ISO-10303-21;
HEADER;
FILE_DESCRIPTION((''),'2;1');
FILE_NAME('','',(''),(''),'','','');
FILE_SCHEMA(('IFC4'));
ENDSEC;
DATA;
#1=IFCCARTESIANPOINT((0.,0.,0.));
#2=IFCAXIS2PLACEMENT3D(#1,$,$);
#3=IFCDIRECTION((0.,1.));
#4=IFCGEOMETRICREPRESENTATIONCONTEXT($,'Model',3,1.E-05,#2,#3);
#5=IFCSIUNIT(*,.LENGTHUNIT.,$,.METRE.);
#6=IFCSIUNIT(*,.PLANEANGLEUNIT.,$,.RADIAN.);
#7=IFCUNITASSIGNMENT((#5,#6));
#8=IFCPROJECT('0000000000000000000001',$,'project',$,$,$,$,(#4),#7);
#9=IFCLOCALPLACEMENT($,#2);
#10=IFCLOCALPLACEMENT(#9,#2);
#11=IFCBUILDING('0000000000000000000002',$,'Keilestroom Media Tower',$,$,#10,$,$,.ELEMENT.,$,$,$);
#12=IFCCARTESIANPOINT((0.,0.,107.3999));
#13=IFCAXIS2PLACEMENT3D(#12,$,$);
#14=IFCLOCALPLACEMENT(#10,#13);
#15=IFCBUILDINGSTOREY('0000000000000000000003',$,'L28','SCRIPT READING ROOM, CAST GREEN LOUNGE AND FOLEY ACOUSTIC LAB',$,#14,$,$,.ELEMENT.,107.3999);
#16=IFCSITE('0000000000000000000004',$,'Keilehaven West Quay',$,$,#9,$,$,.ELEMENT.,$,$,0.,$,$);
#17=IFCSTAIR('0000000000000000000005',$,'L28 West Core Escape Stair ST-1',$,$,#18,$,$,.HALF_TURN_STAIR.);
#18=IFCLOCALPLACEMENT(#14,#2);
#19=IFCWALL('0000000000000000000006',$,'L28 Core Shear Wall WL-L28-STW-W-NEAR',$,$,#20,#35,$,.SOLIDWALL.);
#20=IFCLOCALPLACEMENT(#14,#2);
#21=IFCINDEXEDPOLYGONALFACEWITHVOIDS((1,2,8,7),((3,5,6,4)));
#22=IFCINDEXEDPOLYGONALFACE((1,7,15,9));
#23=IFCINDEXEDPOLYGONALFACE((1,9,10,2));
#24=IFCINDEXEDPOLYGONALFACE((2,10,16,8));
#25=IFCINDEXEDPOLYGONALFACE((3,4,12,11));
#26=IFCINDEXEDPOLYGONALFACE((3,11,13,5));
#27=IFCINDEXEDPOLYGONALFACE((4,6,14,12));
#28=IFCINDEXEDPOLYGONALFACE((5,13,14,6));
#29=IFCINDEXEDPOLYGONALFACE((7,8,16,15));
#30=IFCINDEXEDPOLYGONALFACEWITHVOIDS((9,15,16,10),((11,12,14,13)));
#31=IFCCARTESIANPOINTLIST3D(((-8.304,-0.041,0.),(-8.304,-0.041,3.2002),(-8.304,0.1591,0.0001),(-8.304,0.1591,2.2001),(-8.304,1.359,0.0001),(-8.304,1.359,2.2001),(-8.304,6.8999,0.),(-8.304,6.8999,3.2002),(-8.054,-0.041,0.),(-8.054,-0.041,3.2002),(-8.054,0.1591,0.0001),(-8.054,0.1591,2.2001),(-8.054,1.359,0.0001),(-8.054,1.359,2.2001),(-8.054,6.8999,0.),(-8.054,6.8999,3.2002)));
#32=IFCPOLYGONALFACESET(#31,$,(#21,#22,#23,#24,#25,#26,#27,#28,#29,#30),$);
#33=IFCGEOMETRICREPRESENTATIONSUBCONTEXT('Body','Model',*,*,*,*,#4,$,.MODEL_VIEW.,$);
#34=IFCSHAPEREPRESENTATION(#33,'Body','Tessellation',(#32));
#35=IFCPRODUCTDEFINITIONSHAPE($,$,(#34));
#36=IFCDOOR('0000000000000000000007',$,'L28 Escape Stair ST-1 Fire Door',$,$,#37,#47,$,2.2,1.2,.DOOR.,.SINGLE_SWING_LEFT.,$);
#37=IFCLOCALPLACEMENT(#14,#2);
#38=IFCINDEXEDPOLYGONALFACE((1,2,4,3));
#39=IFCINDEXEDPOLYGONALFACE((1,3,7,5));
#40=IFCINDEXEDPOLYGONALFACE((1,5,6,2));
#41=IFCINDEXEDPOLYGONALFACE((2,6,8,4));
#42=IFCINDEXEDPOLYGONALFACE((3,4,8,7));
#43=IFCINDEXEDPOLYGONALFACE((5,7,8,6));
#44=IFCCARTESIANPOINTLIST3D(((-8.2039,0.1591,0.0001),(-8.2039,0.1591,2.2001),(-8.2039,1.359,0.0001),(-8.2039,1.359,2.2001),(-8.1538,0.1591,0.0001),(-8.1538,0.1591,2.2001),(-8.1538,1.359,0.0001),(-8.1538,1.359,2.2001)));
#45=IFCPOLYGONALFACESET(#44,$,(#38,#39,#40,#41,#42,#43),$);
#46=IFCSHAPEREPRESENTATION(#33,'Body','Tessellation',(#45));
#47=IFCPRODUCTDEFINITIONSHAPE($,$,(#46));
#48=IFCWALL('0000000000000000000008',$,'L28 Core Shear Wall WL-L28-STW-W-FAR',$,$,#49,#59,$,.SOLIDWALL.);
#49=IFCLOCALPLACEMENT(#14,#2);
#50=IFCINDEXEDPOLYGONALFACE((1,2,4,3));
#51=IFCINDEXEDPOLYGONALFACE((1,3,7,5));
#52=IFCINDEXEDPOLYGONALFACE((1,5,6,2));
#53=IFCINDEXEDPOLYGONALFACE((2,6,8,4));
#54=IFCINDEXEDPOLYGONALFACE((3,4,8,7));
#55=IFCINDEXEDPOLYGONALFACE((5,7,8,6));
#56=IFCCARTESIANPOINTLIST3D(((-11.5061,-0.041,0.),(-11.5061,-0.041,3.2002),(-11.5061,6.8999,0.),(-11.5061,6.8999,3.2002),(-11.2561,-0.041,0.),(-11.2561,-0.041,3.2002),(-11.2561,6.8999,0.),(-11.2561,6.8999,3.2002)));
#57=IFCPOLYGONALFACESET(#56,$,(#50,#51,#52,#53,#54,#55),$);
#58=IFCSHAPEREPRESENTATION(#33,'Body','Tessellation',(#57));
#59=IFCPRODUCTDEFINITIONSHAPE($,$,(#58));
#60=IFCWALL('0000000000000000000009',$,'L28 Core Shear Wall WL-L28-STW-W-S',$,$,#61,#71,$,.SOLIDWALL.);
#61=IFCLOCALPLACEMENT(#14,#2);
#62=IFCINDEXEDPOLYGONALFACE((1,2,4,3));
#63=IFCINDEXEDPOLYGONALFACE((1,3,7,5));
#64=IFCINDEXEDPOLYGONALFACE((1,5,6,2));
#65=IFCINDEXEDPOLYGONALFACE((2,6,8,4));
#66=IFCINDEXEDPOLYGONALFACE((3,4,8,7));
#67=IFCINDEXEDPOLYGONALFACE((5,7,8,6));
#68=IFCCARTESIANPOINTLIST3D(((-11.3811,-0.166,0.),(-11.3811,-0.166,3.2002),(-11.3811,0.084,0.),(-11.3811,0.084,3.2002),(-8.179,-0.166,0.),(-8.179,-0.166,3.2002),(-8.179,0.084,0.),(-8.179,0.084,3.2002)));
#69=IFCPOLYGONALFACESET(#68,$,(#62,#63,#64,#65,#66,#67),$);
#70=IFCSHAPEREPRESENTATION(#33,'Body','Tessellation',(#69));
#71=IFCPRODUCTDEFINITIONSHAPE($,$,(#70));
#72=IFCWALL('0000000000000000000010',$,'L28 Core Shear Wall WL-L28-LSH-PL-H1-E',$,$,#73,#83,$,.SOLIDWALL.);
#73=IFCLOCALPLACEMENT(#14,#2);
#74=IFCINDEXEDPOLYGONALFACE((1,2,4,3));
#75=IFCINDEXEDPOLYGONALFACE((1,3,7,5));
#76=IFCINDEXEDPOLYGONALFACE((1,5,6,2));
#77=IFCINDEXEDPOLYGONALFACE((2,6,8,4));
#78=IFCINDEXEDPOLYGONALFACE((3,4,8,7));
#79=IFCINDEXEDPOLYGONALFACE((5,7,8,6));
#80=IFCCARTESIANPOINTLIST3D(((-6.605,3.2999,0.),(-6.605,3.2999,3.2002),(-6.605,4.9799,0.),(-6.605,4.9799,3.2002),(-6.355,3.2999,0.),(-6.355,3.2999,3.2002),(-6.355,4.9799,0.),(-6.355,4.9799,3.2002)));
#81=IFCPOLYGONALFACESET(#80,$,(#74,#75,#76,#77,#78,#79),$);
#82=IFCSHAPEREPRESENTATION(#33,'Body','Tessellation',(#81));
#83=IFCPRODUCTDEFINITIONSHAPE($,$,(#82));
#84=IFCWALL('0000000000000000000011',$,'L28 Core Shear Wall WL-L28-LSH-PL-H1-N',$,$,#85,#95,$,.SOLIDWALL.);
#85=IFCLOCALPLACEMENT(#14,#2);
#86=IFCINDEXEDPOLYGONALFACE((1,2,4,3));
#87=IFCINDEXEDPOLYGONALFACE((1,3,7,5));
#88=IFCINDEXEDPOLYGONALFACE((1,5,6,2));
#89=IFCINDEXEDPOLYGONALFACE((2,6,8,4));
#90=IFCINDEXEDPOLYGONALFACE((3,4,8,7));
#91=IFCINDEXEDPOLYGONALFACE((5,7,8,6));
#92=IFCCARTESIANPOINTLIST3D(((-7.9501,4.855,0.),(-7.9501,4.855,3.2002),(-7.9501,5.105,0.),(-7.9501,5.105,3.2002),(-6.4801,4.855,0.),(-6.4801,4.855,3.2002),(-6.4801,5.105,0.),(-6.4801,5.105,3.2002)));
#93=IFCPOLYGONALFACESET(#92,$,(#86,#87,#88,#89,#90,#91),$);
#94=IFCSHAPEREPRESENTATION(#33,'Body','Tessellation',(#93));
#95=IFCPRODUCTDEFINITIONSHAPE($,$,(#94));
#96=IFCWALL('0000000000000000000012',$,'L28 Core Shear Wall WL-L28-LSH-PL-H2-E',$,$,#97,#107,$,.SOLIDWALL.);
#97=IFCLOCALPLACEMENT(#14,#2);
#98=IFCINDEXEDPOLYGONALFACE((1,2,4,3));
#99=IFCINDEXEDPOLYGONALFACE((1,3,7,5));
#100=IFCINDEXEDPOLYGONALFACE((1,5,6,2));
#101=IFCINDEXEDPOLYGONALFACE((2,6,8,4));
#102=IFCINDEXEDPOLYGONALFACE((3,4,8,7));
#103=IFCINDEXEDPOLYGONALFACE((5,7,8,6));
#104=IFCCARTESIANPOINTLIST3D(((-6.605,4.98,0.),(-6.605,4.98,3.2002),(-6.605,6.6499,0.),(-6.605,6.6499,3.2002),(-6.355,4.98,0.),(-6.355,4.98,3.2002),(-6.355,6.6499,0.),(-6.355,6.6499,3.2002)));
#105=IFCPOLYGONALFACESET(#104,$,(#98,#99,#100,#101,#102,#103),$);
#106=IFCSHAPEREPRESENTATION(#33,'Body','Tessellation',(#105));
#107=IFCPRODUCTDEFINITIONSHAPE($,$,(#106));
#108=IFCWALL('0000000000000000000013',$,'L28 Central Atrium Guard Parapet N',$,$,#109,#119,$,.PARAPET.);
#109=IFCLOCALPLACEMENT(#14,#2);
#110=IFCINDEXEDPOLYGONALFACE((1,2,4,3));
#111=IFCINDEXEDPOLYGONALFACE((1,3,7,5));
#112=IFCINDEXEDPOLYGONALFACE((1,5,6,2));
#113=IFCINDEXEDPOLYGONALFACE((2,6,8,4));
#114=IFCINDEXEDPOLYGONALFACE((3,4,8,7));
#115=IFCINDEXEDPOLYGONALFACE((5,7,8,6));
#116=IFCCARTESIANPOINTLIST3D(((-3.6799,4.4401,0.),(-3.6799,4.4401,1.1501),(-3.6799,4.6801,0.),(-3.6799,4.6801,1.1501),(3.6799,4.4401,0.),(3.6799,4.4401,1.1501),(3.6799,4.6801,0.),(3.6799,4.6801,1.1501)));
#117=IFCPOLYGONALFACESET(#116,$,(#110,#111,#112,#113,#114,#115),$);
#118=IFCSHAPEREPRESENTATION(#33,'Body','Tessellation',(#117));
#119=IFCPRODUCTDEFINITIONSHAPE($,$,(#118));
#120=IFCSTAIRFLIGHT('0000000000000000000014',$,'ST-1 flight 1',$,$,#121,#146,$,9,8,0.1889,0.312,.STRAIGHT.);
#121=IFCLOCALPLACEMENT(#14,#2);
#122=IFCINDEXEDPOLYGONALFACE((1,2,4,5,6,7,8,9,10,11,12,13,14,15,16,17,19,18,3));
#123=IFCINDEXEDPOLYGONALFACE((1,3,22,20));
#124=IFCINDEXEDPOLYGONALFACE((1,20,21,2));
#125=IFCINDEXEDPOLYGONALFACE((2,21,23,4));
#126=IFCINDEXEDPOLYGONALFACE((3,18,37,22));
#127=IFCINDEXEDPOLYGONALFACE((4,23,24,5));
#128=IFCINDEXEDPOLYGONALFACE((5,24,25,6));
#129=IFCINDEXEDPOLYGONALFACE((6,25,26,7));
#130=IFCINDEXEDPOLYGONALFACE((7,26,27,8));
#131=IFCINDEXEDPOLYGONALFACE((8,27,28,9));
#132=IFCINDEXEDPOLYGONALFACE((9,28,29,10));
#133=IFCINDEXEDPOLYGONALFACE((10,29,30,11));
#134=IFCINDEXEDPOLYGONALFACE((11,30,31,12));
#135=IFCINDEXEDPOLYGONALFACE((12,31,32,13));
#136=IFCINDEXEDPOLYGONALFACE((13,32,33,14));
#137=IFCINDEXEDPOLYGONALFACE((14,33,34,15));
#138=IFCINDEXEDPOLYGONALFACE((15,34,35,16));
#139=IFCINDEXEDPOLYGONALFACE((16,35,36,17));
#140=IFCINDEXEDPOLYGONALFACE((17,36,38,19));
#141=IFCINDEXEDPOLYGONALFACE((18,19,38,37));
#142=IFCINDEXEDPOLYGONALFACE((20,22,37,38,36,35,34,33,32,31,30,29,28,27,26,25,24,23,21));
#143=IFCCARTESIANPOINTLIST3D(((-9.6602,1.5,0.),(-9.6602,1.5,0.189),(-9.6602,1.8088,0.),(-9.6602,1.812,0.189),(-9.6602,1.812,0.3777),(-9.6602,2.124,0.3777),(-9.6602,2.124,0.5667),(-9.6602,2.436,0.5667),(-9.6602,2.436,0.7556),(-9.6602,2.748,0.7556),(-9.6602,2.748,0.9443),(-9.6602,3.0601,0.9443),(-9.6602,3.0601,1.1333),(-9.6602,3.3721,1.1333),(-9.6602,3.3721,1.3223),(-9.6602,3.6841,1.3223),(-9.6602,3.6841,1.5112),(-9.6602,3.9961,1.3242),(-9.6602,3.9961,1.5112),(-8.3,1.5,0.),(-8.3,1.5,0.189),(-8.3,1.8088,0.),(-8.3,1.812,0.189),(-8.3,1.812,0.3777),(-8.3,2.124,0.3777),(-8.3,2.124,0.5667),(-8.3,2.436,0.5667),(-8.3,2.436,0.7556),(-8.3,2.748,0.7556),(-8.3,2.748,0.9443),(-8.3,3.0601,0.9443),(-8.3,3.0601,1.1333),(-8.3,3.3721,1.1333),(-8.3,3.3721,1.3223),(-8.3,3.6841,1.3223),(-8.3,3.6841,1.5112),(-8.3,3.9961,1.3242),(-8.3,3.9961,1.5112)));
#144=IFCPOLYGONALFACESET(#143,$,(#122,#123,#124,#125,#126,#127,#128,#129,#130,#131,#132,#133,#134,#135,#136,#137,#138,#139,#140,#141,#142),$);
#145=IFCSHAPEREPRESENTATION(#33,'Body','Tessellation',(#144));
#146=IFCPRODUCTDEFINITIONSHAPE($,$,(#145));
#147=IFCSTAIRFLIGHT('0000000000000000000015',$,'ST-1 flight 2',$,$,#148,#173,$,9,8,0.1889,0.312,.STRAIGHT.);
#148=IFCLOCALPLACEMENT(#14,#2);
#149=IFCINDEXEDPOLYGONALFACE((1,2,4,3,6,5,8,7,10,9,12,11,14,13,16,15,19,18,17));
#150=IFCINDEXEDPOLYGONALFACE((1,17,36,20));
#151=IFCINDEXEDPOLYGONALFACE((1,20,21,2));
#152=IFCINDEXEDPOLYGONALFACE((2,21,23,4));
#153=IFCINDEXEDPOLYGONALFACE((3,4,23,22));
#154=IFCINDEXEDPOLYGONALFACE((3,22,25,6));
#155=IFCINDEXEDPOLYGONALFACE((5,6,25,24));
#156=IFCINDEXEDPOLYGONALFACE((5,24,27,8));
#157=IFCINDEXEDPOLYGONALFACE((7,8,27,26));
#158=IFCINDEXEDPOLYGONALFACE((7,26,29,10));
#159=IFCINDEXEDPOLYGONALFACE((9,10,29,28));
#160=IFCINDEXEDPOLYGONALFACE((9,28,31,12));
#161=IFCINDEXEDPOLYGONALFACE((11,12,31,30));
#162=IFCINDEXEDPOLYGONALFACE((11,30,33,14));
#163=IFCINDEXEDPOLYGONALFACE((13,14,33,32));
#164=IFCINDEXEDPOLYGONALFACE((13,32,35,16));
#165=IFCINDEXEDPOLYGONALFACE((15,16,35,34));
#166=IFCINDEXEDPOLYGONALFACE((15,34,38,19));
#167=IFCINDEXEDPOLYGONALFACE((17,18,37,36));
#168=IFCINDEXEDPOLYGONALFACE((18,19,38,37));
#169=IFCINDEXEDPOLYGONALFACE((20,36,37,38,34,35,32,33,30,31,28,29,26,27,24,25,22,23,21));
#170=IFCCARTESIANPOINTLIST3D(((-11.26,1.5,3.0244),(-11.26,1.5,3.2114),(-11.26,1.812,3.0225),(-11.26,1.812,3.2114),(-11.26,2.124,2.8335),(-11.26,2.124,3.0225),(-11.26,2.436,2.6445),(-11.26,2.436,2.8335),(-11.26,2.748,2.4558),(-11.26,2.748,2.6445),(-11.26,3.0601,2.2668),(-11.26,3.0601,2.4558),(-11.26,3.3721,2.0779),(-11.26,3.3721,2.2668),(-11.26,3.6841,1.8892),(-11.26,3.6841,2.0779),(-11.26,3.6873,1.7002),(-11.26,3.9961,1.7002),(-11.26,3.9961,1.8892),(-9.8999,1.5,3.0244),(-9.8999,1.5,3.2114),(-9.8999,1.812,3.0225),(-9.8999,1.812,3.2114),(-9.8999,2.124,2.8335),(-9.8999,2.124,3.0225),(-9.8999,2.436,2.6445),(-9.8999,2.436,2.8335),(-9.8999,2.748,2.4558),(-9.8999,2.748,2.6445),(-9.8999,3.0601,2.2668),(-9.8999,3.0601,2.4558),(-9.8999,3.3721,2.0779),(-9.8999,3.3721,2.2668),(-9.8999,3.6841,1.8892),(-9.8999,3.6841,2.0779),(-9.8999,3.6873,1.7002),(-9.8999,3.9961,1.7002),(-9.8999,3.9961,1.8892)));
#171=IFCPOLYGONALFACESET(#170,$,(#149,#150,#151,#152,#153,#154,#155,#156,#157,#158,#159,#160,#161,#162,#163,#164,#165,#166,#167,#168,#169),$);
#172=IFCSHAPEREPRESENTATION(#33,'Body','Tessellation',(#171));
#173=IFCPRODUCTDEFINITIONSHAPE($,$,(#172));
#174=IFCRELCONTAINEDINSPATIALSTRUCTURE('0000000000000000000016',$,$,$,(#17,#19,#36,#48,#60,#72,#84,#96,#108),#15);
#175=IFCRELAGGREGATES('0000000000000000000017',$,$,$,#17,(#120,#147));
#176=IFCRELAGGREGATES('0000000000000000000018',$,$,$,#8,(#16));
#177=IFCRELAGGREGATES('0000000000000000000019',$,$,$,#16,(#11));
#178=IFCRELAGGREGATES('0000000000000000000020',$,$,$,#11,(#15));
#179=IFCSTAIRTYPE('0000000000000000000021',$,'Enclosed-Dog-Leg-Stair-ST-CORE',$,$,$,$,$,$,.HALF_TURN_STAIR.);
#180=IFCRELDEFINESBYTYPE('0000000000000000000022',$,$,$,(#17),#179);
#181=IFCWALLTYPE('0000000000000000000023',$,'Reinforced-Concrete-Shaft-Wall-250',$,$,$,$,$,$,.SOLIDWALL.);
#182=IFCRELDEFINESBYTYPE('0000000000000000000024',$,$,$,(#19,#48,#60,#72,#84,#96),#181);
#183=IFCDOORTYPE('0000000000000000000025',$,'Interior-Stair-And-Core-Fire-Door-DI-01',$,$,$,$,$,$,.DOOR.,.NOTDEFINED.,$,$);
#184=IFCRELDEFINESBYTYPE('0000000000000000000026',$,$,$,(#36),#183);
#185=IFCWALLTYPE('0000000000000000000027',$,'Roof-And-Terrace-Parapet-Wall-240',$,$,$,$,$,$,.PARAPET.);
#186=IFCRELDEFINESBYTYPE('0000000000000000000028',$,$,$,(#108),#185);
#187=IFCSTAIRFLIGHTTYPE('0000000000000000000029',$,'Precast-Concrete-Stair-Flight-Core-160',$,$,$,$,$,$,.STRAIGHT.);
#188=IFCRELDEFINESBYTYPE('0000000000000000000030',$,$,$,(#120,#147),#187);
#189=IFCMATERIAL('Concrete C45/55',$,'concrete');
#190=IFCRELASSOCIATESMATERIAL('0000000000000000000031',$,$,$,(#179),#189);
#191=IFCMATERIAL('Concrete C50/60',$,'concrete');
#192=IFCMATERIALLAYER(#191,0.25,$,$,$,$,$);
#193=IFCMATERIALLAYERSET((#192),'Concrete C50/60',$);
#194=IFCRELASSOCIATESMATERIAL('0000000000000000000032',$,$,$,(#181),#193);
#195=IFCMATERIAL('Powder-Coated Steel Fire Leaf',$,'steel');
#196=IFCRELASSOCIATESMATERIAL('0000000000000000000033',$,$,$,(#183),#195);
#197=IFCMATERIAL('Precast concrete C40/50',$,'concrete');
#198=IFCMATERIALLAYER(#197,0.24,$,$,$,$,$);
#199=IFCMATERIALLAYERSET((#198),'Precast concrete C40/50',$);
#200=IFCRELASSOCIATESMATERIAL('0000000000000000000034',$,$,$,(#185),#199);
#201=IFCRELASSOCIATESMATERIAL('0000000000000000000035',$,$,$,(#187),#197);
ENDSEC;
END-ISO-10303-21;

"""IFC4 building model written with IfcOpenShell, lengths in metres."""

from ifc_helpers import new_model, si_unit, direction, frame, frame_2d, origin, place, context, subcontext, project, spatial, polyline, rectangle, outline, extrude, source, transform, mapped, material, layer, layer_set, type_object, element, fill, aggregate, save


model = new_model("IFC4")

# Units and contexts
model_context = context("Model", 3, precision=1e-05, world=origin(), true_north=direction((0.0, 1.0)))
body_context = subcontext(model_context, "Body", "Model", "MODEL_VIEW")
ifc_project = project(units=[si_unit("LENGTHUNIT", "METRE"), si_unit("PLANEANGLEUNIT", "RADIAN")], contexts=[model_context])

# Site, building, storey
site_placement = place(None, origin())
site = spatial("IfcSite", under=ifc_project, at=site_placement, Name="Keilehaven West Quay", CompositionType="ELEMENT", RefElevation=0.0)
building_placement = place(site_placement, origin())
building = spatial("IfcBuilding", under=site, at=building_placement, Name="Keilestroom Media Tower", CompositionType="ELEMENT")
storey_placement = place(building_placement, frame((0.0, 0.0, 107.3999)))
storey = spatial("IfcBuildingStorey", under=building, at=storey_placement, Name="L28", Description="SCRIPT READING ROOM, CAST GREEN LOUNGE AND FOLEY ACOUSTIC LAB", CompositionType="ELEMENT", Elevation=107.3999)

# Shared definitions
ifc_material_1 = material(Name="Concrete C50/60", Category="concrete")
ifc_material_2 = material(Name="Concrete C45/55", Category="concrete")

# Stair
stair_type = type_object("IfcStairType", Name="Enclosed-Dog-Leg-Stair-ST-CORE", PredefinedType="HALF_TURN_STAIR", material=ifc_material_2)
stair_1_placement = place(storey_placement, origin())
stair_1 = element("IfcStair", 1, at=stair_1_placement, inside=storey, type_object=stair_type, Name="L28 West Core Escape Stair ST-1", PredefinedType="HALF_TURN_STAIR")

# Shared definitions
ifc_layer_1 = layer(ifc_material_1, 0.25)
ifc_layer_set_1 = layer_set([ifc_layer_1], Name="Concrete C50/60")
wall_type_1 = type_object("IfcWallType", Name="Reinforced-Concrete-Shaft-Wall-250", PredefinedType="SOLIDWALL", material=ifc_layer_set_1)

# Wall, opening, door
wall_1_placement = place(storey_placement, frame((-8.179, -0.041, 0.0), z_axis=(0.0, 0.0, 1.0), x_axis=(0.0, 1.0, 0.0)))
wall_1 = element("IfcWall", 2, at=wall_1_placement, inside=storey, type_object=wall_type_1, Name="L28 Core Shear Wall WL-L28-STW-W-NEAR", PredefinedType="SOLIDWALL", context=body_context, shape_type="SweptSolid", body=[
    extrude(rectangle(XDim=6.9409, YDim=0.25, at=frame_2d((3.4705, 0.0))), origin(), (0.0, 0.0, 1.0), 3.2002),
])
opening_placement = place(wall_1_placement, frame((0.2, 0.0, 0.0)))
opening = element("IfcOpeningElement", 3, at=opening_placement, cuts=wall_1, PredefinedType="OPENING", context=body_context, shape_type="SweptSolid", body=[
    extrude(rectangle(XDim=1.2, YDim=2.2, at=frame_2d((0.6001, 1.1001))), frame((0.0, 0.135, 0.0), z_axis=(0.0, -1.0, 0.0), x_axis=(1.0, 0.0, 0.0)), (0.0, 0.0, 1.0), 0.27),
])
ifc_material_3 = material(Name="Powder-Coated Steel Fire Leaf", Category="steel")
door_type = type_object("IfcDoorType", Name="Interior-Stair-And-Core-Fire-Door-DI-01", OperationType="NOTDEFINED", PredefinedType="DOOR", material=ifc_material_3)
shared_shape = source(origin(), body_context, "Body", "SweptSolid", [
    extrude(rectangle(XDim=1.2, YDim=2.2, at=frame_2d((0.6001, 1.1001))), frame((0.0, 0.0249, 0.0), z_axis=(0.0, -1.0, 0.0), x_axis=(1.0, 0.0, 0.0)), (0.0, 0.0, 1.0), 0.05),
])
door_placement = place(opening_placement, origin())
door = element("IfcDoor", 4, at=door_placement, inside=storey, type_object=door_type, Name="L28 Escape Stair ST-1 Fire Door", OperationType="SINGLE_SWING_LEFT", OverallHeight=2.2, OverallWidth=1.2, PredefinedType="DOOR", context=body_context, shape_type="MappedRepresentation", body=[
    mapped(shared_shape, transform((0.0, 0.0, 0.0), x_axis=(1.0, 0.0, 0.0), y_axis=(0.0, 1.0, 0.0), z_axis=(0.0, 0.0, 1.0), scale=1.0)),
])
fill(opening, door)

# Walls
wall_2_placement = place(storey_placement, frame((-11.3811, -0.041, 0.0), z_axis=(0.0, 0.0, 1.0), x_axis=(0.0, 1.0, 0.0)))
element("IfcWall", 5, at=wall_2_placement, inside=storey, type_object=wall_type_1, Name="L28 Core Shear Wall WL-L28-STW-W-FAR", PredefinedType="SOLIDWALL", context=body_context, shape_type="SweptSolid", body=[
    extrude(rectangle(XDim=6.9409, YDim=0.25, at=frame_2d((3.4705, 0.0))), origin(), (0.0, 0.0, 1.0), 3.2002),
])
wall_3_placement = place(storey_placement, frame((-11.3811, -0.041, 0.0), z_axis=(0.0, 0.0, 1.0), x_axis=(1.0, 0.0, 0.0)))
element("IfcWall", 6, at=wall_3_placement, inside=storey, type_object=wall_type_1, Name="L28 Core Shear Wall WL-L28-STW-W-S", PredefinedType="SOLIDWALL", context=body_context, shape_type="SweptSolid", body=[
    extrude(rectangle(XDim=3.2021, YDim=0.25, at=frame_2d((1.6011, 0.0))), origin(), (0.0, 0.0, 1.0), 3.2002),
])
wall_4_placement = place(storey_placement, frame((-6.48, 3.3, 0.0), z_axis=(0.0, 0.0, 1.0), x_axis=(0.0, 1.0, 0.0)))
element("IfcWall", 7, at=wall_4_placement, inside=storey, type_object=wall_type_1, Name="L28 Core Shear Wall WL-L28-LSH-PL-H1-E", PredefinedType="SOLIDWALL", context=body_context, shape_type="SweptSolid", body=[
    extrude(rectangle(XDim=1.6799, YDim=0.25, at=frame_2d((0.8398, 0.0))), origin(), (0.0, 0.0, 1.0), 3.2002),
])
wall_5_placement = place(storey_placement, frame((-7.95, 4.98, 0.0), z_axis=(0.0, 0.0, 1.0), x_axis=(1.0, 0.0, 0.0)))
element("IfcWall", 8, at=wall_5_placement, inside=storey, type_object=wall_type_1, Name="L28 Core Shear Wall WL-L28-LSH-PL-H1-N", PredefinedType="SOLIDWALL", context=body_context, shape_type="SweptSolid", body=[
    extrude(rectangle(XDim=1.47, YDim=0.25, at=frame_2d((0.7349, 0.0))), origin(), (0.0, 0.0, 1.0), 3.2002),
])
wall_6_placement = place(storey_placement, frame((-6.48, 4.98, 0.0), z_axis=(0.0, 0.0, 1.0), x_axis=(0.0, 1.0, 0.0)))
element("IfcWall", 9, at=wall_6_placement, inside=storey, type_object=wall_type_1, Name="L28 Core Shear Wall WL-L28-LSH-PL-H2-E", PredefinedType="SOLIDWALL", context=body_context, shape_type="SweptSolid", body=[
    extrude(rectangle(XDim=1.6699, YDim=0.25, at=frame_2d((0.835, 0.0))), origin(), (0.0, 0.0, 1.0), 3.2002),
])
ifc_material_4 = material(Name="Precast concrete C40/50", Category="concrete")
ifc_layer_2 = layer(ifc_material_4, 0.24)
ifc_layer_set_2 = layer_set([ifc_layer_2], Name="Precast concrete C40/50")
wall_type_2 = type_object("IfcWallType", Name="Roof-And-Terrace-Parapet-Wall-240", PredefinedType="PARAPET", material=ifc_layer_set_2)
wall_7_placement = place(storey_placement, frame((-3.6799, 4.5601, 0.0), z_axis=(0.0, 0.0, 1.0), x_axis=(1.0, 0.0, 0.0)))
element("IfcWall", 10, at=wall_7_placement, inside=storey, type_object=wall_type_2, Name="L28 Central Atrium Guard Parapet N", PredefinedType="PARAPET", context=body_context, shape_type="SweptSolid", body=[
    extrude(rectangle(XDim=7.3599, YDim=0.24, at=frame_2d((3.6799, 0.0))), origin(), (0.0, 0.0, 1.0), 1.1501),
])

# Stair flights
stair_flight_type = type_object("IfcStairFlightType", Name="Precast-Concrete-Stair-Flight-Core-160", PredefinedType="STRAIGHT", material=ifc_material_4)
stair_flight_1_placement = place(storey_placement, frame((-8.98, 1.5, 0.0), z_axis=(0.0, 0.0, 1.0), x_axis=(0.0, 1.0, 0.0)))
stair_flight_1 = element("IfcStairFlight", 11, at=stair_flight_1_placement, type_object=stair_flight_type, Name="ST-1 flight 1", NumberOfRisers=9, NumberOfTreads=8, PredefinedType="STRAIGHT", RiserHeight=0.1889, TreadLength=0.312, context=body_context, shape_type="SweptSolid", body=[
    extrude(outline(polyline([(0.0, 0.0), (0.0, 0.189), (0.312, 0.189), (0.312, 0.3777), (0.624, 0.3777), (0.624, 0.5667), (0.936, 0.5667), (0.936, 0.7556), (1.248, 0.7556), (1.248, 0.9443), (1.5601, 0.9443), (1.5601, 1.1333), (1.8721, 1.1333), (1.8721, 1.3223), (2.1841, 1.3223), (2.1841, 1.5112), (2.4961, 1.5112), (2.4961, 1.7), (2.4961, 1.3242), (0.3088, 0.0), (0.0, 0.0)])), frame((0.0, 0.6802, 0.0), z_axis=(0.0, -1.0, 0.0), x_axis=(1.0, 0.0, 0.0)), (0.0, 0.0, 1.0), 1.3601),
])
stair_flight_2_placement = place(storey_placement, frame((-10.5801, 3.9961, 1.7002), z_axis=(0.0, 0.0, 1.0), x_axis=(0.0, -1.0, 0.0)))
stair_flight_2 = element("IfcStairFlight", 12, at=stair_flight_2_placement, type_object=stair_flight_type, Name="ST-1 flight 2", NumberOfRisers=9, NumberOfTreads=8, PredefinedType="STRAIGHT", RiserHeight=0.1889, TreadLength=0.312, context=body_context, shape_type="SweptSolid", body=[
    extrude(outline(polyline([(0.0, 0.0), (0.0, 0.189), (0.312, 0.189), (0.312, 0.3777), (0.624, 0.3777), (0.624, 0.5667), (0.936, 0.5667), (0.936, 0.7556), (1.248, 0.7556), (1.248, 0.9443), (1.5601, 0.9443), (1.5601, 1.1333), (1.8721, 1.1333), (1.8721, 1.3223), (2.1841, 1.3223), (2.1841, 1.5112), (2.4961, 1.5112), (2.4961, 1.7), (2.4961, 1.3242), (0.3088, 0.0), (0.0, 0.0)])), frame((0.0, 0.6802, 0.0), z_axis=(0.0, -1.0, 0.0), x_axis=(1.0, 0.0, 0.0)), (0.0, 0.0, 1.0), 1.3601),
])
aggregate(stair_1, [stair_flight_1, stair_flight_2])

save(model, "model.ifc")
